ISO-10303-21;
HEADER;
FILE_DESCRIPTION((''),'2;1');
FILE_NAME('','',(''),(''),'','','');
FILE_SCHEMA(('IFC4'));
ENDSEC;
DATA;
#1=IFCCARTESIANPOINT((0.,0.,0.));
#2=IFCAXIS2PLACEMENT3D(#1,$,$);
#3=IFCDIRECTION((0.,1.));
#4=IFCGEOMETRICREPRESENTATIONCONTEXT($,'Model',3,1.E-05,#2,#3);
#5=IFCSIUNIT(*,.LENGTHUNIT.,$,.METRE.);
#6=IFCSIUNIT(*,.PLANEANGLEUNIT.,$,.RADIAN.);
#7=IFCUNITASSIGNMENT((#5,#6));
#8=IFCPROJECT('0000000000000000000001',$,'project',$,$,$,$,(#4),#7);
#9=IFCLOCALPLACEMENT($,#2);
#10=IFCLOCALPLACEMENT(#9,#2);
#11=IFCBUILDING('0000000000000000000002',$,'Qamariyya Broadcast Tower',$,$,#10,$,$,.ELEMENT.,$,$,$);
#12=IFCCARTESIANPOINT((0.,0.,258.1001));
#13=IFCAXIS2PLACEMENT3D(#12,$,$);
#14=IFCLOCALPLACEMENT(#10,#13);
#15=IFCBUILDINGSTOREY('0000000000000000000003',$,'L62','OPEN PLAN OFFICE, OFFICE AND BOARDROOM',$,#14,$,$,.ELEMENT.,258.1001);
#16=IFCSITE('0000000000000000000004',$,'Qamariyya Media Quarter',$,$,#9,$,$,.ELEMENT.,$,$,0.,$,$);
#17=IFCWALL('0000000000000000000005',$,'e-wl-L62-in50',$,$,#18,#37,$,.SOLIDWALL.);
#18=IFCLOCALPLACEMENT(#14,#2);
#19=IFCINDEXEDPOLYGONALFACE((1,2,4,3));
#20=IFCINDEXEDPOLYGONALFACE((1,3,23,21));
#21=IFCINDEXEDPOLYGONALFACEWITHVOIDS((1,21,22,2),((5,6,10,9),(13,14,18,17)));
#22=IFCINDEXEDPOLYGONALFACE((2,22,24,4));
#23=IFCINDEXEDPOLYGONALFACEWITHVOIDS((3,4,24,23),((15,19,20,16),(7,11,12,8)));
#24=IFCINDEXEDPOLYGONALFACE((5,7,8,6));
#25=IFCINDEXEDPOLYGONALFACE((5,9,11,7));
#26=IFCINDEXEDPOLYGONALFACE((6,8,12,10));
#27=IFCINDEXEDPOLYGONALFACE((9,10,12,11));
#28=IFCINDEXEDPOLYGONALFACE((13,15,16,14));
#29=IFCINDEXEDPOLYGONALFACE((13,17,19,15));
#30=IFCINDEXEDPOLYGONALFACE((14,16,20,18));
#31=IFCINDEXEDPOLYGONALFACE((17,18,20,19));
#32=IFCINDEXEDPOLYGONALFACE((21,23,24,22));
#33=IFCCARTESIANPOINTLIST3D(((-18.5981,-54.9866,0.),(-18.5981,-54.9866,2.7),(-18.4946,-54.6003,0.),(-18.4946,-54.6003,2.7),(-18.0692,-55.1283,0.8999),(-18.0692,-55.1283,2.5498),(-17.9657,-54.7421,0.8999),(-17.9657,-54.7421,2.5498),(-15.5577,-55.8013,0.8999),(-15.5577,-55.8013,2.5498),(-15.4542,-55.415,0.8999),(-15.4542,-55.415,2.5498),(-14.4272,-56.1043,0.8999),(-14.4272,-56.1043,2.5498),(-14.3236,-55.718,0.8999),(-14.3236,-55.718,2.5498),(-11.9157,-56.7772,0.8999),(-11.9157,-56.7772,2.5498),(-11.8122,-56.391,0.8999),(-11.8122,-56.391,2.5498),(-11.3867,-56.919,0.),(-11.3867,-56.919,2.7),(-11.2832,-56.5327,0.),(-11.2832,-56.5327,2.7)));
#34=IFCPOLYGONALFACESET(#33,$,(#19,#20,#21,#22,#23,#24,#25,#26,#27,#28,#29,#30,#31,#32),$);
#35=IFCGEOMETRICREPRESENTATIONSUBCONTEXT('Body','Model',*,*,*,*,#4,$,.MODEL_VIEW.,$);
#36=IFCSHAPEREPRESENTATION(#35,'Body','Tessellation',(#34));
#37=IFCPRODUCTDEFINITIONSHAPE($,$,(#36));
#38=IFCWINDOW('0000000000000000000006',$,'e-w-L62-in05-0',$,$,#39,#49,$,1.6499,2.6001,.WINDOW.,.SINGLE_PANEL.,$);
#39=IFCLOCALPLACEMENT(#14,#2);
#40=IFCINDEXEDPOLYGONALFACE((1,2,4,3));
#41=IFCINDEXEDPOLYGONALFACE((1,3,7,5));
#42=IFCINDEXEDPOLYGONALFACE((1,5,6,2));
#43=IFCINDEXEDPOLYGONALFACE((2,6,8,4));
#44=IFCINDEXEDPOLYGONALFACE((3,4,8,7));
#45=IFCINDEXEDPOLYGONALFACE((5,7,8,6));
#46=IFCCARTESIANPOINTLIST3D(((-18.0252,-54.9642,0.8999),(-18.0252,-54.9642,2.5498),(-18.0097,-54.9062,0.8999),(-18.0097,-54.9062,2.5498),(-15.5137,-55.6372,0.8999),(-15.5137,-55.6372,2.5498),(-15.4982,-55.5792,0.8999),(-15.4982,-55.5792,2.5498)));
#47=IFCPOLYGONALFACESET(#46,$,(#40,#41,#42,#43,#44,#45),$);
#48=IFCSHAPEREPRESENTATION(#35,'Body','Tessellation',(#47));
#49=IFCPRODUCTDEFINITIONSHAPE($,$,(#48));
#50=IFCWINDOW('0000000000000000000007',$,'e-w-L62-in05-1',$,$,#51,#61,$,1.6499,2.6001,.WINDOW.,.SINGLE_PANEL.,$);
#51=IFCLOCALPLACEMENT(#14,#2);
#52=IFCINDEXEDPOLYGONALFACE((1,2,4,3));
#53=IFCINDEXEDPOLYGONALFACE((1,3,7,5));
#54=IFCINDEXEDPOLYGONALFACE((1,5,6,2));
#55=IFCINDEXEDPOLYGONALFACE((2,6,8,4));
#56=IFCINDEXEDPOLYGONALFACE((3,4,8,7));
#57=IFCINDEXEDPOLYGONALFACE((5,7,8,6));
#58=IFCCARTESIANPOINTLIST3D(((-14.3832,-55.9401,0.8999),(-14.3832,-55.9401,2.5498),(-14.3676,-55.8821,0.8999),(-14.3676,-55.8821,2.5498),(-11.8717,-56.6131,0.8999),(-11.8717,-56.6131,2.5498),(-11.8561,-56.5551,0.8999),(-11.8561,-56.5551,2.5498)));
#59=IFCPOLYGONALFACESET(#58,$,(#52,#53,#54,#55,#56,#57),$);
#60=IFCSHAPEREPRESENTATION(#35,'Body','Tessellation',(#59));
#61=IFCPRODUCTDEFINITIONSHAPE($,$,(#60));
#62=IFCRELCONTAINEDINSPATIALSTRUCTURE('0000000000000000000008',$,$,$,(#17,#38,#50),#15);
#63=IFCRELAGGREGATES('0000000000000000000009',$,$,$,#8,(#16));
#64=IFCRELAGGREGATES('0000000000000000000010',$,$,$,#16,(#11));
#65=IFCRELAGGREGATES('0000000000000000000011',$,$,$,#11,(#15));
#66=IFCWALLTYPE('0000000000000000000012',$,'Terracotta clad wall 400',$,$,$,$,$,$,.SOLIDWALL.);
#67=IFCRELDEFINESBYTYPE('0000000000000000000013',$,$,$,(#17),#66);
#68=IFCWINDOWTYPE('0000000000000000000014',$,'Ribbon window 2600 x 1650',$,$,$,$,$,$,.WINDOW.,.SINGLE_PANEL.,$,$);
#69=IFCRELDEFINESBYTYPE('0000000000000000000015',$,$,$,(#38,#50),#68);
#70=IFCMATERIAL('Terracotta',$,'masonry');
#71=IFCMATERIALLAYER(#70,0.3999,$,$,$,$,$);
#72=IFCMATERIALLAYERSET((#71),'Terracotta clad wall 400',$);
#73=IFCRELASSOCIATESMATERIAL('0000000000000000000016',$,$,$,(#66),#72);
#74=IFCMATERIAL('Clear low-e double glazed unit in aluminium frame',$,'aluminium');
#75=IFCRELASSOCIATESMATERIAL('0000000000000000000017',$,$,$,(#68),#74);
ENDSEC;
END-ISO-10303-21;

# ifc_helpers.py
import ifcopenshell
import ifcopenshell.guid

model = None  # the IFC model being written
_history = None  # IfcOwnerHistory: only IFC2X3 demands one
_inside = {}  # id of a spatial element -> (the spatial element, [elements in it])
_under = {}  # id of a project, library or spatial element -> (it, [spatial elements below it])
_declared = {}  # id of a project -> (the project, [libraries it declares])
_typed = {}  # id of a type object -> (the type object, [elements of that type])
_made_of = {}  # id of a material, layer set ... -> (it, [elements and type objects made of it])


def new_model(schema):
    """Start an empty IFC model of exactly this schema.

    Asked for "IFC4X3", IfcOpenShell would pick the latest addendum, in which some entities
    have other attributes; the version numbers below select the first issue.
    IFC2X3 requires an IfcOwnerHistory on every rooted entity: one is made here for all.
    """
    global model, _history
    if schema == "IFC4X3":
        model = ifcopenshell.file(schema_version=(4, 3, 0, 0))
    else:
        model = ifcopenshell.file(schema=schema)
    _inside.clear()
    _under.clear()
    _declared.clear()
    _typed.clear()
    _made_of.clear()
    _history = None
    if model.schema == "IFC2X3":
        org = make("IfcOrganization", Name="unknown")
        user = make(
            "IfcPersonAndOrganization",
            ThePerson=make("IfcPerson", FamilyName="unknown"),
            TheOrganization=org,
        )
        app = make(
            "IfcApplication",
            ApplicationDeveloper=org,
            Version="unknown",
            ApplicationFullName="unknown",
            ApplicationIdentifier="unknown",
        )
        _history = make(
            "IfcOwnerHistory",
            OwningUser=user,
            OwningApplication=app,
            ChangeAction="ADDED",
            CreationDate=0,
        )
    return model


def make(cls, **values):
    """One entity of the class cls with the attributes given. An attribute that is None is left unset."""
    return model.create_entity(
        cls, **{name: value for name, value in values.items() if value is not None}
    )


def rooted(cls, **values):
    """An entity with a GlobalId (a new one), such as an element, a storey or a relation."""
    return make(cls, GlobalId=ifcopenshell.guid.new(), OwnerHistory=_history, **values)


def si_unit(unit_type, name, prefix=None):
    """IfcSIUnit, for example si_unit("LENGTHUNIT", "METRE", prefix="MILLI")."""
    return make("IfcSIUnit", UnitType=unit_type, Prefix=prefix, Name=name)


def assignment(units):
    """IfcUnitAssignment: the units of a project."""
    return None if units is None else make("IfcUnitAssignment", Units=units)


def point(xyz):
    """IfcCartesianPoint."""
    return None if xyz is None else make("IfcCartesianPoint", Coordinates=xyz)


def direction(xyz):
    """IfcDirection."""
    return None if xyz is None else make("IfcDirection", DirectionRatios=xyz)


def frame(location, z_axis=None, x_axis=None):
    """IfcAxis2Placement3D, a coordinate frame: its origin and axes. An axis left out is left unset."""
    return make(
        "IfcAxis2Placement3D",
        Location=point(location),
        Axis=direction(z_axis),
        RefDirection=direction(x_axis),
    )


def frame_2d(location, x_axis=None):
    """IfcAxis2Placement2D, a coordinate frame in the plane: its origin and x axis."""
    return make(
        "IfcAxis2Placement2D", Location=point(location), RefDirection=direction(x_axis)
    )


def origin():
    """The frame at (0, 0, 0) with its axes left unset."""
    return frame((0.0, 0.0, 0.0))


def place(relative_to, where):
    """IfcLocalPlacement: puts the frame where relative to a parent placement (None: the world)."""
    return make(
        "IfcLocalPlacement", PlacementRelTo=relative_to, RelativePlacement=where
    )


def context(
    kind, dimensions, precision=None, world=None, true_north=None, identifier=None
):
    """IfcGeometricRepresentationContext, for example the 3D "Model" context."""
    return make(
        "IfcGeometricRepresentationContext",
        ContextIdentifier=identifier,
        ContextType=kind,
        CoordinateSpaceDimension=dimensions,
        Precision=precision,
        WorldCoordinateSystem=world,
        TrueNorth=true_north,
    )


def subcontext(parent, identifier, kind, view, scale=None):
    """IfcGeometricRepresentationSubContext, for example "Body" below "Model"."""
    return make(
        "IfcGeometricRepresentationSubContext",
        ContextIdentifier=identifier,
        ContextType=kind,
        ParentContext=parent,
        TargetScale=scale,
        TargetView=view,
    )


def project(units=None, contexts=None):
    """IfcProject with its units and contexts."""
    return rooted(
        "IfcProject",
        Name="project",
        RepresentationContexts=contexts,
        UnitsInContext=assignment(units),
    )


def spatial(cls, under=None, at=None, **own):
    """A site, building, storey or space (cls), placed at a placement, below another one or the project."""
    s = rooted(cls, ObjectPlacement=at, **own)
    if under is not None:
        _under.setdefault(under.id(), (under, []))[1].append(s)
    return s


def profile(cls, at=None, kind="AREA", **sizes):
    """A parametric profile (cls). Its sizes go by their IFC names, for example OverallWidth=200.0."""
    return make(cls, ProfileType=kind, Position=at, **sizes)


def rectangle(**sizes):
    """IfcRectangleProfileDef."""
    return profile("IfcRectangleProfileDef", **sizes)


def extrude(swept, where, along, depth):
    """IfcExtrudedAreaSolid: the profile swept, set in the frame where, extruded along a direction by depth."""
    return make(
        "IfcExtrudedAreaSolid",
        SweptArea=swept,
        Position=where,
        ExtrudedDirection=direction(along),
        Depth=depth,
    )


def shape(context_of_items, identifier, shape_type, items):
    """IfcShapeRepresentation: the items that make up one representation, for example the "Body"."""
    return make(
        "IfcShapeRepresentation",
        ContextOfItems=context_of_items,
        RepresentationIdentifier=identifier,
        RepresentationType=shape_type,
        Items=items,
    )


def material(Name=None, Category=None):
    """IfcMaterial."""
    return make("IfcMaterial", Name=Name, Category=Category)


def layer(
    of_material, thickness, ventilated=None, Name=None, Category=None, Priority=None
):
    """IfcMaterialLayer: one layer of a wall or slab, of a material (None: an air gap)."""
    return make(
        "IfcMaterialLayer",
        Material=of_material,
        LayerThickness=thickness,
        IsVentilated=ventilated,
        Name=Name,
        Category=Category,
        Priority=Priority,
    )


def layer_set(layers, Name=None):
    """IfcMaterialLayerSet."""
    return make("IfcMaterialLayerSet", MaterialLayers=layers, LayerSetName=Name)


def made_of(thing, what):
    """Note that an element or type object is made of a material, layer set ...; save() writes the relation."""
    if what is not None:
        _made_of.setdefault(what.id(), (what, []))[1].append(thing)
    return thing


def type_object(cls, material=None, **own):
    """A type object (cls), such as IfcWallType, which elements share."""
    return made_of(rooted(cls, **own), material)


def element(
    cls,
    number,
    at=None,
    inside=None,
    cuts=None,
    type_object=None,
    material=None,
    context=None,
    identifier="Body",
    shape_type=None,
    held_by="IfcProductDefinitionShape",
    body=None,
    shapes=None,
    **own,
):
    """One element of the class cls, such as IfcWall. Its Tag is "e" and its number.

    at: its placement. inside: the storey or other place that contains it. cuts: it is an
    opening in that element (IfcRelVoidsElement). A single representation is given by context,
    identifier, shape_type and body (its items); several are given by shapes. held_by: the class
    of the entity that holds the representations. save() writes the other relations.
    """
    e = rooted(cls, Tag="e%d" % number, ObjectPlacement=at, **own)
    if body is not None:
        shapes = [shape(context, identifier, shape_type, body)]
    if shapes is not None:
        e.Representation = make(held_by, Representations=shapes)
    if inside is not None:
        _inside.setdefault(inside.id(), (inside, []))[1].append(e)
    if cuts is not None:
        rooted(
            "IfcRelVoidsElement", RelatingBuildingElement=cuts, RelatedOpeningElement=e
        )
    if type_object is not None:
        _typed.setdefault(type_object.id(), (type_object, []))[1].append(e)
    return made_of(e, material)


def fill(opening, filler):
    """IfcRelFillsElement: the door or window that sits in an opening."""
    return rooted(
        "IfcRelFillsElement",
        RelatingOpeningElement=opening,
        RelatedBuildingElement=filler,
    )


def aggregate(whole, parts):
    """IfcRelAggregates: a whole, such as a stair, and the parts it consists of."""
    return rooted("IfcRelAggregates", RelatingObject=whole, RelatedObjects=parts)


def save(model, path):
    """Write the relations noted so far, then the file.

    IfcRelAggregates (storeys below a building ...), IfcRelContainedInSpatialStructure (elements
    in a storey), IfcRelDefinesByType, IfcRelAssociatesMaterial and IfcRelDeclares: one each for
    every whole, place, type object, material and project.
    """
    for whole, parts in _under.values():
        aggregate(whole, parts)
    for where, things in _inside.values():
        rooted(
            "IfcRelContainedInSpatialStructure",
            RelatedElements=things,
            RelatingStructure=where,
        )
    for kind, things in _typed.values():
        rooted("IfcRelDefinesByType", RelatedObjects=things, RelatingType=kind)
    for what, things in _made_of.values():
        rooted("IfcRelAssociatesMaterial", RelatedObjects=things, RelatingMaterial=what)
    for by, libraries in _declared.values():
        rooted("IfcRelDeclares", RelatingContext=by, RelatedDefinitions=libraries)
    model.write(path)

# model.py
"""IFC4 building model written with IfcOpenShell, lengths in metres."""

from ifc_helpers import new_model, si_unit, direction, frame, frame_2d, origin, place, context, subcontext, project, spatial, rectangle, extrude, material, layer, layer_set, type_object, element, fill, save


model = new_model("IFC4")

# Units and contexts
model_context = context("Model", 3, precision=1e-05, world=origin(), true_north=direction((0.0, 1.0)))
body_context = subcontext(model_context, "Body", "Model", "MODEL_VIEW")
ifc_project = project(units=[si_unit("LENGTHUNIT", "METRE"), si_unit("PLANEANGLEUNIT", "RADIAN")], contexts=[model_context])

# Site, building, storey
site_placement = place(None, origin())
site = spatial("IfcSite", under=ifc_project, at=site_placement, Name="Qamariyya Media Quarter", CompositionType="ELEMENT", RefElevation=0.0)
building_placement = place(site_placement, origin())
building = spatial("IfcBuilding", under=site, at=building_placement, Name="Qamariyya Broadcast Tower", CompositionType="ELEMENT")
storey_placement = place(building_placement, frame((0.0, 0.0, 258.1001)))
storey = spatial("IfcBuildingStorey", under=building, at=storey_placement, Name="L62", Description="OPEN PLAN OFFICE, OFFICE AND BOARDROOM", CompositionType="ELEMENT", Elevation=258.1001)

# Wall, openings, windows
ifc_material_1 = material(Name="Terracotta", Category="masonry")
ifc_layer_1 = layer(ifc_material_1, 0.3999)
ifc_layer_set_1 = layer_set([ifc_layer_1], Name="Terracotta clad wall 400")
wall_type_1 = type_object("IfcWallType", Name="Terracotta clad wall 400", PredefinedType="SOLIDWALL", material=ifc_layer_set_1)
ifc_material_2 = material(Name="Clear low-e double glazed unit in aluminium frame", Category="aluminium")
window_type = type_object("IfcWindowType", Name="Ribbon window 2600 x 1650", PartitioningType="SINGLE_PANEL", PredefinedType="WINDOW", material=ifc_material_2)
wall_1_placement = place(storey_placement, frame((-11.335, -56.7258, 0.0), z_axis=(0.0, 0.0, 1.0), x_axis=(-0.965923, 0.258829, 0.0)))
wall_1 = element("IfcWall", 1, at=wall_1_placement, inside=storey, type_object=wall_type_1, Name="e-wl-L62-in50", PredefinedType="SOLIDWALL", context=body_context, shape_type="SweptSolid", body=[
    extrude(rectangle(XDim=7.4658, YDim=0.3999, at=frame_2d((3.7329, 0.0))), origin(), (0.0, 0.0, 1.0), 2.7),
])
opening_1_placement = place(wall_1_placement, frame((4.3181, 0.0, 0.8999)))
opening_1 = element("IfcOpeningElement", 2, at=opening_1_placement, cuts=wall_1, PredefinedType="OPENING", context=body_context, shape_type="SweptSolid", body=[
    extrude(rectangle(XDim=2.6001, YDim=1.6499, at=frame_2d((1.3, 0.825))), frame((0.0, 0.21, 0.0), z_axis=(0.0, -1.0, 0.0), x_axis=(1.0, 0.0, 0.0)), (0.0, 0.0, 1.0), 0.4199),
])
opening_2_placement = place(wall_1_placement, frame((0.5476, 0.0, 0.8999)))
opening_2 = element("IfcOpeningElement", 3, at=opening_2_placement, cuts=wall_1, PredefinedType="OPENING", context=body_context, shape_type="SweptSolid", body=[
    extrude(rectangle(XDim=2.6001, YDim=1.6499, at=frame_2d((1.3, 0.825))), frame((0.0, 0.21, 0.0), z_axis=(0.0, -1.0, 0.0), x_axis=(1.0, 0.0, 0.0)), (0.0, 0.0, 1.0), 0.4199),
])
window_1_placement = place(opening_1_placement, origin())
window_1 = element("IfcWindow", 4, at=window_1_placement, inside=storey, type_object=window_type, Name="e-w-L62-in05-0", OverallHeight=1.6499, OverallWidth=2.6001, PartitioningType="SINGLE_PANEL", PredefinedType="WINDOW", context=body_context, shape_type="SweptSolid", body=[
    extrude(rectangle(XDim=2.6001, YDim=1.6499, at=frame_2d((1.3, 0.825))), frame((0.0, 0.03, 0.0), z_axis=(0.0, -1.0, 0.0), x_axis=(1.0, 0.0, 0.0)), (0.0, 0.0, 1.0), 0.0601),
])
fill(opening_1, window_1)
window_2_placement = place(opening_2_placement, origin())
window_2 = element("IfcWindow", 5, at=window_2_placement, inside=storey, type_object=window_type, Name="e-w-L62-in05-1", OverallHeight=1.6499, OverallWidth=2.6001, PartitioningType="SINGLE_PANEL", PredefinedType="WINDOW", context=body_context, shape_type="SweptSolid", body=[
    extrude(rectangle(XDim=2.6001, YDim=1.6499, at=frame_2d((1.3, 0.825))), frame((0.0, 0.03, 0.0), z_axis=(0.0, -1.0, 0.0), x_axis=(1.0, 0.0, 0.0)), (0.0, 0.0, 1.0), 0.0601),
])
fill(opening_2, window_2)

save(model, "model.ifc")
